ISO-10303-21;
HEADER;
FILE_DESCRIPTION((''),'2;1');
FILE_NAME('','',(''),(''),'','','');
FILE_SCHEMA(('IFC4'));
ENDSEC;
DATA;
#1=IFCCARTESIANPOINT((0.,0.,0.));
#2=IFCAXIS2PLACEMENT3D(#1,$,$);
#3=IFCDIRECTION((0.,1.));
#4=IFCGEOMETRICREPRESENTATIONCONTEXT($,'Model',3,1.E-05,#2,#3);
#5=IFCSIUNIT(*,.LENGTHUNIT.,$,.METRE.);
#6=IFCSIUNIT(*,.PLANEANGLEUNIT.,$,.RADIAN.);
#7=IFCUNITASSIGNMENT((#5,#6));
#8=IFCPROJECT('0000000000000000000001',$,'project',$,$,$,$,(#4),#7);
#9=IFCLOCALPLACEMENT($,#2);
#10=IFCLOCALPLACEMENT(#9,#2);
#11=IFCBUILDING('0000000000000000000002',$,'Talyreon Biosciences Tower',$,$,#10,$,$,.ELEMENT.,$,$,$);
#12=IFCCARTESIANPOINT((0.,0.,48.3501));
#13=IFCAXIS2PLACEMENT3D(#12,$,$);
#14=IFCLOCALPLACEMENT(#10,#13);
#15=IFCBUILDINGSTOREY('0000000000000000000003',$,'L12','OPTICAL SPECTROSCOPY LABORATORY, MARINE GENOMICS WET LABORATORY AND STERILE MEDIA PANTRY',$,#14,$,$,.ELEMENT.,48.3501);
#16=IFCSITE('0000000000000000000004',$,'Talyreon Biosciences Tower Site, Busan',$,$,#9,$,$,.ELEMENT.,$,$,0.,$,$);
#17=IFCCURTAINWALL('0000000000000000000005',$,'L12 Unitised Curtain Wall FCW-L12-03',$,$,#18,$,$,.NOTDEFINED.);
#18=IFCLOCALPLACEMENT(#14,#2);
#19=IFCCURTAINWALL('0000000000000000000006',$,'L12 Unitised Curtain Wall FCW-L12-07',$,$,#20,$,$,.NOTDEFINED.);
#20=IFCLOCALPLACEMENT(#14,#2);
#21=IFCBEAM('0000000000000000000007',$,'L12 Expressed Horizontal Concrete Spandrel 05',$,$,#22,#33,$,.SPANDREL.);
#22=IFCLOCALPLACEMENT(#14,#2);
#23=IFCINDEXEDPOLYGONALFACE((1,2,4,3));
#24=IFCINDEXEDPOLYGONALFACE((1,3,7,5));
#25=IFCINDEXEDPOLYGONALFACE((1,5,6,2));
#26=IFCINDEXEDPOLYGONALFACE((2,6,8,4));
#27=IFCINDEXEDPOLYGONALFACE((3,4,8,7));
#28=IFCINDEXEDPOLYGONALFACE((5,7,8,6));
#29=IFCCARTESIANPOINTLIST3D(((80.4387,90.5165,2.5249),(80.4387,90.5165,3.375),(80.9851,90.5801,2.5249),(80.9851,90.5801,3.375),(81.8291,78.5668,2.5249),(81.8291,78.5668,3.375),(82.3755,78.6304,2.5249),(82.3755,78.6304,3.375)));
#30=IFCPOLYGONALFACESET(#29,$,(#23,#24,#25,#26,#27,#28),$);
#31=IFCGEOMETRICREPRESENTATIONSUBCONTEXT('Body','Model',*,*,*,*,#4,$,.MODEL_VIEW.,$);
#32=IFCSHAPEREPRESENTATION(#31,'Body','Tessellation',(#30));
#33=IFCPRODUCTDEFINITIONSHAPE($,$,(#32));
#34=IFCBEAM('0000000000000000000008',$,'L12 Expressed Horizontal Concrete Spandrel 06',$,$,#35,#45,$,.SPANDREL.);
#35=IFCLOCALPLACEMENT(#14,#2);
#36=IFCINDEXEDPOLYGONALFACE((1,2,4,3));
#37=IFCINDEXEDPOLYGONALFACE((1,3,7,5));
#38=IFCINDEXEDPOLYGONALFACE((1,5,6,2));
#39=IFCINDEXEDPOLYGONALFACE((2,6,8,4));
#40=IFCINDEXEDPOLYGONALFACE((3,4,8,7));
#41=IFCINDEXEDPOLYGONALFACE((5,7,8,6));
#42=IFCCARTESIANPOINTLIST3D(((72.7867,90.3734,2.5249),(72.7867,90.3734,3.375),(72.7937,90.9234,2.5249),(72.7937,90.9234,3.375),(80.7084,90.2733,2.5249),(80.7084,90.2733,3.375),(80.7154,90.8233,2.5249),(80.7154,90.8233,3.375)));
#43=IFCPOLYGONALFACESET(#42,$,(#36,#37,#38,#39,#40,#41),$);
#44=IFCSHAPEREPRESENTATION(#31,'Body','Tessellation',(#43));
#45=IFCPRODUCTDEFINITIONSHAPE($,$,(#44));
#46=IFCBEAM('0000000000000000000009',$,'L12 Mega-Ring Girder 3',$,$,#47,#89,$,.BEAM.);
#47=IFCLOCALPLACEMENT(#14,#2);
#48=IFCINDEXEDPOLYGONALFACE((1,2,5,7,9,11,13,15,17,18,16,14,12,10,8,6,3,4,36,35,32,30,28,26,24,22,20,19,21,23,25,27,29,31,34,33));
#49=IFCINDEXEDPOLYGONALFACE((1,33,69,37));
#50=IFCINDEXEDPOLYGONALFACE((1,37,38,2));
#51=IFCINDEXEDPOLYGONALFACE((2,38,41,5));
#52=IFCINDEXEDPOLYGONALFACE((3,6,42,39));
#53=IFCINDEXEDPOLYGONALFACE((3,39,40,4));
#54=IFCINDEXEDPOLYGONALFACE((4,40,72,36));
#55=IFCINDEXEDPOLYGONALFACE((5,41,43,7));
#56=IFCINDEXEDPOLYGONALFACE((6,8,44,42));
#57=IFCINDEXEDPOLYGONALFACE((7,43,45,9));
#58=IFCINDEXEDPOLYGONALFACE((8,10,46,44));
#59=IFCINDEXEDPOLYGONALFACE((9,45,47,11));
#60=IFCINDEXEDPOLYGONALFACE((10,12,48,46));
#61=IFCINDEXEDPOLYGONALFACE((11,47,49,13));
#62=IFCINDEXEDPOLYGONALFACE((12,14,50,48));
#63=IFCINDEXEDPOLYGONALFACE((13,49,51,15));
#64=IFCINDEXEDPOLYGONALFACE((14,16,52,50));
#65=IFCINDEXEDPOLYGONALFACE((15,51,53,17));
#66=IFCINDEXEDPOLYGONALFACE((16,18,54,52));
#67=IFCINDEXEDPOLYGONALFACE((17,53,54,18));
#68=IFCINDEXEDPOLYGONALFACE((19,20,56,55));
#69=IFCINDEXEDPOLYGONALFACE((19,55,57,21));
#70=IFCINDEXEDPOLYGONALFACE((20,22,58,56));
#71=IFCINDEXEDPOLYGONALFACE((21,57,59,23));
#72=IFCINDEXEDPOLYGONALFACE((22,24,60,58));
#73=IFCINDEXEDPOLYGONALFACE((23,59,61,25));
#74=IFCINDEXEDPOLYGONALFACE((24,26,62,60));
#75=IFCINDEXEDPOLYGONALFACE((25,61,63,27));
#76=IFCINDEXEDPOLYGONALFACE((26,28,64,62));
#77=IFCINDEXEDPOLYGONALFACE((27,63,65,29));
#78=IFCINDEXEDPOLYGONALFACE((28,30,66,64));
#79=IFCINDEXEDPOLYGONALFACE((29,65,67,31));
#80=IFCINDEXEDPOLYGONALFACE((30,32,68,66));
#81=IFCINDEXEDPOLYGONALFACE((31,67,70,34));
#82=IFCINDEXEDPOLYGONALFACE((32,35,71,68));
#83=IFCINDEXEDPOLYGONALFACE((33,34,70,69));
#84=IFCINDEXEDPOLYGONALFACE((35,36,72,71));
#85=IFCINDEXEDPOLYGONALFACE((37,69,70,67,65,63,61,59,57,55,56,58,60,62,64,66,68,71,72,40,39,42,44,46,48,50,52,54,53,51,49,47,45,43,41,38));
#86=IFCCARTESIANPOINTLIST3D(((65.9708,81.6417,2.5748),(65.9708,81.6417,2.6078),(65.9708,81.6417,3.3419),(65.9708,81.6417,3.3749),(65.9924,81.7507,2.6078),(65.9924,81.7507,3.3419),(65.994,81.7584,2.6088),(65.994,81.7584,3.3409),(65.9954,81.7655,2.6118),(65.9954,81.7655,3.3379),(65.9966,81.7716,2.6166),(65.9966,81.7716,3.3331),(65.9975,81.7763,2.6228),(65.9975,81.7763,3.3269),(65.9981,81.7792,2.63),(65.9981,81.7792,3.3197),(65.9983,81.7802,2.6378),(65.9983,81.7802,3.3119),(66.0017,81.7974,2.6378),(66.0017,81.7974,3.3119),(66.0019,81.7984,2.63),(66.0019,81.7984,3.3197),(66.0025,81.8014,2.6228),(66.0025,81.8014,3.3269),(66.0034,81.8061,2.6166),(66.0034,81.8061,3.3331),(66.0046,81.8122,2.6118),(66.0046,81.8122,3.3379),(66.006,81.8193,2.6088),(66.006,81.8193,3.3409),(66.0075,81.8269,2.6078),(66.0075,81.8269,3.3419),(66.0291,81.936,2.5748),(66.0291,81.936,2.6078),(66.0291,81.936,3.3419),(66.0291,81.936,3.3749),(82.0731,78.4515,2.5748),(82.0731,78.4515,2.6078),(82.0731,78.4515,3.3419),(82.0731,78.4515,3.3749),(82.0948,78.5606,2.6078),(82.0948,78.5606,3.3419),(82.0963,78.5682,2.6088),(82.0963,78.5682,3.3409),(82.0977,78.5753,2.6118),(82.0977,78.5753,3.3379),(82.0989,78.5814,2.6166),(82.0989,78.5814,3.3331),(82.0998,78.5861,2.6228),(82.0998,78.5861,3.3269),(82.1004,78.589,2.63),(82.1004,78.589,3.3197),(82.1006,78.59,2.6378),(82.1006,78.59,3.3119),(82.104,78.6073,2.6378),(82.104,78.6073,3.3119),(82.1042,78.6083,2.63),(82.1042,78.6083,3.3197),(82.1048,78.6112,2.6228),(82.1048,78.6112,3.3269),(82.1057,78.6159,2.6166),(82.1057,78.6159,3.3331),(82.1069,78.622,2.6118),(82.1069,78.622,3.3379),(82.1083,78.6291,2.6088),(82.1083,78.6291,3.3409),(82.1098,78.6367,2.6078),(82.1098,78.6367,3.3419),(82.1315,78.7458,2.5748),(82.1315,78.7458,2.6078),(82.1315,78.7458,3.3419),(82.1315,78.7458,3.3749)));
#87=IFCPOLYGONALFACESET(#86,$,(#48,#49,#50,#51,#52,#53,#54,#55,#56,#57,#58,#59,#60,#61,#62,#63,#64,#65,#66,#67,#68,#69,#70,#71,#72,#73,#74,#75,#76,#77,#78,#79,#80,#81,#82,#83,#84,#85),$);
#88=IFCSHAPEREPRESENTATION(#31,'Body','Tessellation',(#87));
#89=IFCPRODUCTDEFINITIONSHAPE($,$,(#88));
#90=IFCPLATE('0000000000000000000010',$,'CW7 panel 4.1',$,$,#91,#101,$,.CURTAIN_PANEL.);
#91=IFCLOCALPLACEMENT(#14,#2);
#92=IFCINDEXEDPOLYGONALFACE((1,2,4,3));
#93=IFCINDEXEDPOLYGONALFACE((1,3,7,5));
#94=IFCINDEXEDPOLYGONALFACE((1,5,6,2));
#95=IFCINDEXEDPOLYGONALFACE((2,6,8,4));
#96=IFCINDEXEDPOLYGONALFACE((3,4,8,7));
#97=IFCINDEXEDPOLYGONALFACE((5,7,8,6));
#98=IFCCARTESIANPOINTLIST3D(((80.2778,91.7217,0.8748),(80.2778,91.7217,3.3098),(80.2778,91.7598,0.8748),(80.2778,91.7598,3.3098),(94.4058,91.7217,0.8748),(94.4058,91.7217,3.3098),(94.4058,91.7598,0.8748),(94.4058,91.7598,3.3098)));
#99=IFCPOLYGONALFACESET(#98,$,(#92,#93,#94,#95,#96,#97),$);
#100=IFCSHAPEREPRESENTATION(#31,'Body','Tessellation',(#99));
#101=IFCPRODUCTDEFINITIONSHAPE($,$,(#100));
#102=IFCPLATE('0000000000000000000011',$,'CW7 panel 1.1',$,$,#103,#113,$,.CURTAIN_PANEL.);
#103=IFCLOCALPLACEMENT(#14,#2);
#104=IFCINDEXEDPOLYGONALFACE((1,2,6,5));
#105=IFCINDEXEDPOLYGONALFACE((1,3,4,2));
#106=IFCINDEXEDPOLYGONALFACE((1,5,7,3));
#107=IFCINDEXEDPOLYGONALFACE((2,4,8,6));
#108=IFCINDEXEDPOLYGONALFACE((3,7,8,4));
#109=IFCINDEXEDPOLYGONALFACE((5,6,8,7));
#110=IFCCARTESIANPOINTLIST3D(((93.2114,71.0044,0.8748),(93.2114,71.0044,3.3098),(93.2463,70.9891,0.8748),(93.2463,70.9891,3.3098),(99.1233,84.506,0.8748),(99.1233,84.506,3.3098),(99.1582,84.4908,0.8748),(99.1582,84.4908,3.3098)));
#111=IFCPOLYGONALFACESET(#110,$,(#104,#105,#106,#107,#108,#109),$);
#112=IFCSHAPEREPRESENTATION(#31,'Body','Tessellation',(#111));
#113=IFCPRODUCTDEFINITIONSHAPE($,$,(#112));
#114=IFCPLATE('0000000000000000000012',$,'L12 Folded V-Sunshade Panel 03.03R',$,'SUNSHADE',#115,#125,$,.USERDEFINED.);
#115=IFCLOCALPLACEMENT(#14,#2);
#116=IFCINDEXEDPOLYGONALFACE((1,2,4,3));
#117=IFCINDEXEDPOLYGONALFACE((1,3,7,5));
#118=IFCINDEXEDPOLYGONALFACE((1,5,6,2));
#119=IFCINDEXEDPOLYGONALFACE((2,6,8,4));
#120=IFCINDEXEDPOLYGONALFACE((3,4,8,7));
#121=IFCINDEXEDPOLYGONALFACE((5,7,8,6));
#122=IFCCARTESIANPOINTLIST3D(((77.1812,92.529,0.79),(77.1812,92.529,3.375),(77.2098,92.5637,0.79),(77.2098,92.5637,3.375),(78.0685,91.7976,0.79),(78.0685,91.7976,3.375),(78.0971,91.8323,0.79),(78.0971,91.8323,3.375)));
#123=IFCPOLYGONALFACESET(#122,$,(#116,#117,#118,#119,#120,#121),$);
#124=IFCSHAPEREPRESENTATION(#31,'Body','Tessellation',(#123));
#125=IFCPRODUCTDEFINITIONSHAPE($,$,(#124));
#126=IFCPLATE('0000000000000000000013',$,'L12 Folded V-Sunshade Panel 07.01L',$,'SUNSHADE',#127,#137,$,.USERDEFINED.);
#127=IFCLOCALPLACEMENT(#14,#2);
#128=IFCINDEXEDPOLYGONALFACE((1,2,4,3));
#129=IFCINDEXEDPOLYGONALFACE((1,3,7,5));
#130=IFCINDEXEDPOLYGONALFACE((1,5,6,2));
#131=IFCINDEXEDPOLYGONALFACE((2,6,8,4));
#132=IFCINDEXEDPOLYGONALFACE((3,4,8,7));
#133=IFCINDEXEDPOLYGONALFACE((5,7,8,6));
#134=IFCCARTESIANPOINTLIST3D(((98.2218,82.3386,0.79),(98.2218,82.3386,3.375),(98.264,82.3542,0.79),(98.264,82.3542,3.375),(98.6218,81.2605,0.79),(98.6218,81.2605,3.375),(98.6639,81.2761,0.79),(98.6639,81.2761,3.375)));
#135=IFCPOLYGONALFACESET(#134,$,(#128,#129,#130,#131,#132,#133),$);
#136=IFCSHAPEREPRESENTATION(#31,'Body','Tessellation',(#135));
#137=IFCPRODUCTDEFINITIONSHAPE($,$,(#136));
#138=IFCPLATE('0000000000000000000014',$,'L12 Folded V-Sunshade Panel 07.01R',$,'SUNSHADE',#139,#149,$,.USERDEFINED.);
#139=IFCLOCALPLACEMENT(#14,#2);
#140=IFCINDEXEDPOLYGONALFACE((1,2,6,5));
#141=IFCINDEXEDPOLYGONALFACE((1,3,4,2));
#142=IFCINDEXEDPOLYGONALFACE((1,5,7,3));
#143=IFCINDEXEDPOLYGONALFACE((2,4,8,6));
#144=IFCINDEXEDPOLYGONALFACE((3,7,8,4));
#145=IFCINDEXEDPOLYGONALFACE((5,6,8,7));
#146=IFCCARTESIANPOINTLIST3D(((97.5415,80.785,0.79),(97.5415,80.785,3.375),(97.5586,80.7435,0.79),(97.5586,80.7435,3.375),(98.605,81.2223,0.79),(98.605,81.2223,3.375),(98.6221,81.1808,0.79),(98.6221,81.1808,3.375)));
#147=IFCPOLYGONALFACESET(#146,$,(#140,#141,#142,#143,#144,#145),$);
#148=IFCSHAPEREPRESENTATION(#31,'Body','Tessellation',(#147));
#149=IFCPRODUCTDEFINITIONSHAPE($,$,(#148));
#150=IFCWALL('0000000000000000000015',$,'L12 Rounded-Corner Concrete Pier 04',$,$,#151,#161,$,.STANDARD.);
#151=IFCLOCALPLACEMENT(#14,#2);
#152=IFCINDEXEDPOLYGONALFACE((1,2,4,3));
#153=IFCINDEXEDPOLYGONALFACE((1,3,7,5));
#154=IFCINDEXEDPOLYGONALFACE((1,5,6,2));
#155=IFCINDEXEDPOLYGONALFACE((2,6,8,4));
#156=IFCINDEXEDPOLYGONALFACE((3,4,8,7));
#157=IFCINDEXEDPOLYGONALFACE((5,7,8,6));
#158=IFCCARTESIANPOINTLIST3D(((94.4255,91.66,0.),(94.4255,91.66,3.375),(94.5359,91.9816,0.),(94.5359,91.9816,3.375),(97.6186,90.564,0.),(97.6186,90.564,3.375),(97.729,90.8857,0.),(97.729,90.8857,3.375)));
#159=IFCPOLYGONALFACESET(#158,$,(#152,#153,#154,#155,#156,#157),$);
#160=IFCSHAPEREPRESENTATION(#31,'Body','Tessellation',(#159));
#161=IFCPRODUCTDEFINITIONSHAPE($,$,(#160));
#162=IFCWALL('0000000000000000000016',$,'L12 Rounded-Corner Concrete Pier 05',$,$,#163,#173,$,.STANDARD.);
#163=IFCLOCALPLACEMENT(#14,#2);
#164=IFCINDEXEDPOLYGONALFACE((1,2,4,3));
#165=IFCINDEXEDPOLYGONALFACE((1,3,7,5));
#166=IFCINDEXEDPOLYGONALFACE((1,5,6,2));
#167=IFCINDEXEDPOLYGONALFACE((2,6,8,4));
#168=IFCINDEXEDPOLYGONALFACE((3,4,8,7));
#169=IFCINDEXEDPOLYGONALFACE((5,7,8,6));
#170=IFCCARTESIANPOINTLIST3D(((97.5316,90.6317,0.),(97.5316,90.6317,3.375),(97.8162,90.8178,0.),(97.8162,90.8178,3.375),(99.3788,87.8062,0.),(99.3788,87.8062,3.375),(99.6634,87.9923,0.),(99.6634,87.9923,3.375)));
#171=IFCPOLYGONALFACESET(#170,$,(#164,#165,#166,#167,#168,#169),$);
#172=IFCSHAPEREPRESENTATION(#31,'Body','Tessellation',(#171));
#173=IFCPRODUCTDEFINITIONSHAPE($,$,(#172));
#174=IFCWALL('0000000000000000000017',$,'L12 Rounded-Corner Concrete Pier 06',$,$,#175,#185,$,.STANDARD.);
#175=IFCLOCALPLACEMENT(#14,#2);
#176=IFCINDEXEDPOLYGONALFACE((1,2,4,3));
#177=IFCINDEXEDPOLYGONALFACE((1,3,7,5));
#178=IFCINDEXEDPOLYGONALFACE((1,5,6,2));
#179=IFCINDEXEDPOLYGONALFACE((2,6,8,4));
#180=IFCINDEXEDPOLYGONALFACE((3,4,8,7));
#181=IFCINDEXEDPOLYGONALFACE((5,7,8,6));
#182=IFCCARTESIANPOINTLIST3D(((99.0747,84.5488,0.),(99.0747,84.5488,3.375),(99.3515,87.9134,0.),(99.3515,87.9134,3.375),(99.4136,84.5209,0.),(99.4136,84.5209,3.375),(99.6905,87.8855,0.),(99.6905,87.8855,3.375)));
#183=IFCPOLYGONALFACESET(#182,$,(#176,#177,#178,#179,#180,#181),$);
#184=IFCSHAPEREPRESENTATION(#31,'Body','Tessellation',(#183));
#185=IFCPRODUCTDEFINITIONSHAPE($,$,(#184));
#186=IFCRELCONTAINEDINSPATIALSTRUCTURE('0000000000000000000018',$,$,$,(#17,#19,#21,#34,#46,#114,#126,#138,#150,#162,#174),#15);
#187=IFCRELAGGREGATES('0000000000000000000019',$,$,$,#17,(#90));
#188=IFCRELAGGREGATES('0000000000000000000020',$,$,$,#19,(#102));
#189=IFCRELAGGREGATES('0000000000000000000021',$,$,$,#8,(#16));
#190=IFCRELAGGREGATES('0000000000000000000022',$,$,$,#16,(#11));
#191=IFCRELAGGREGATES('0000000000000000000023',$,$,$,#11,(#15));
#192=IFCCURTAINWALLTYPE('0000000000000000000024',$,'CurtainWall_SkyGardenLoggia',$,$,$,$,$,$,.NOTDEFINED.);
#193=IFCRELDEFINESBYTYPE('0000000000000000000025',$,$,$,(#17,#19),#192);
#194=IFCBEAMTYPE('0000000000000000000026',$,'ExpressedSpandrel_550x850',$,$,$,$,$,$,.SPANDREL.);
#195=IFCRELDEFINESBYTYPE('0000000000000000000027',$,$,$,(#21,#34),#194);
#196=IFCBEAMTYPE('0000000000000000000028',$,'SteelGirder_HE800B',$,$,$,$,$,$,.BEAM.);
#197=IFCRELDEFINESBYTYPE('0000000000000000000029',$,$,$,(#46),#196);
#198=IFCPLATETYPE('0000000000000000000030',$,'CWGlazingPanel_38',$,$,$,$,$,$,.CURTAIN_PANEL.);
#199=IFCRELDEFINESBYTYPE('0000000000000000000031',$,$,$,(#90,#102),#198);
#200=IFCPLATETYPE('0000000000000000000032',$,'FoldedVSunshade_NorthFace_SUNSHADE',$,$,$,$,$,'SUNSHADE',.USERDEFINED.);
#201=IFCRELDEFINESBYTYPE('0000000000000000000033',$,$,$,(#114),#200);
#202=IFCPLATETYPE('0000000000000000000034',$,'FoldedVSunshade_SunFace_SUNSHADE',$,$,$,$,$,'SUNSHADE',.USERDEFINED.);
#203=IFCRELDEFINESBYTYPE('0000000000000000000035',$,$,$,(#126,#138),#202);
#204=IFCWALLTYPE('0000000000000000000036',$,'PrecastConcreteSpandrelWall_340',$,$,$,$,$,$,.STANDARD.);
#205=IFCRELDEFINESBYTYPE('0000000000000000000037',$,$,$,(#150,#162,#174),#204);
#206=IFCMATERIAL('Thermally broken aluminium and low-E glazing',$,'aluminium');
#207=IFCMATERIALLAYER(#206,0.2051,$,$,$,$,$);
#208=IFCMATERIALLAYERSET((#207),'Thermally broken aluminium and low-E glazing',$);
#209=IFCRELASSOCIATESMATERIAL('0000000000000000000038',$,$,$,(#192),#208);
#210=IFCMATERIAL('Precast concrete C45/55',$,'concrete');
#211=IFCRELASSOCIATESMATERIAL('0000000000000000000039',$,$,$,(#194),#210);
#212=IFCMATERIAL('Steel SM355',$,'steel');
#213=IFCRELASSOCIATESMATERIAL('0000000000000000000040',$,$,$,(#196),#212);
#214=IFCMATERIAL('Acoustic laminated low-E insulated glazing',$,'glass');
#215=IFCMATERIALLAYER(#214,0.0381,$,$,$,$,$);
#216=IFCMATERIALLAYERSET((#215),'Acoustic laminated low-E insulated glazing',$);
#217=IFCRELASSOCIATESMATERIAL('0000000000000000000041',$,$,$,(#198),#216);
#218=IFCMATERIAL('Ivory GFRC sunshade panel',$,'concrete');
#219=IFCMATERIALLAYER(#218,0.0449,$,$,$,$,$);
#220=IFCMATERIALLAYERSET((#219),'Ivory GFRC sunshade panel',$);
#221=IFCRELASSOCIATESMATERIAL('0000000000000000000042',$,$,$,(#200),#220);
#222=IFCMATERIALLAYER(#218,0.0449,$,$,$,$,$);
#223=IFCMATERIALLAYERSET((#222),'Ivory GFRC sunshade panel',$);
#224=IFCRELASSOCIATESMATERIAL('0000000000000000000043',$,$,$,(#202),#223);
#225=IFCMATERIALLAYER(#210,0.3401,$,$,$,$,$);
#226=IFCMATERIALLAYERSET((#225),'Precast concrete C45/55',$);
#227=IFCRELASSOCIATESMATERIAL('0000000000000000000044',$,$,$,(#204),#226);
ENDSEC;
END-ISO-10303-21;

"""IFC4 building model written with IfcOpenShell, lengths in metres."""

from ifc_helpers import new_model, si_unit, direction, frame, frame_2d, origin, origin_2d, place, context, subcontext, project, spatial, rectangle, i_section, extrude, material, layer, layer_set, material_profile, profile_set, type_object, element, aggregate, save


model = new_model("IFC4")

# Units and contexts
model_context = context("Model", 3, precision=1e-05, world=origin(), true_north=direction((0.0, 1.0)))
body_context = subcontext(model_context, "Body", "Model", "MODEL_VIEW")
ifc_project = project(units=[si_unit("LENGTHUNIT", "METRE"), si_unit("PLANEANGLEUNIT", "RADIAN")], contexts=[model_context])

# Site, building, storey
site_placement = place(None, origin())
site = spatial("IfcSite", under=ifc_project, at=site_placement, Name="Talyreon Biosciences Tower Site, Busan", CompositionType="ELEMENT", RefElevation=0.0)
building_placement = place(site_placement, origin())
building = spatial("IfcBuilding", under=site, at=building_placement, Name="Talyreon Biosciences Tower", CompositionType="ELEMENT")
storey_placement = place(building_placement, frame((0.0, 0.0, 48.3501)))
storey = spatial("IfcBuildingStorey", under=building, at=storey_placement, Name="L12", Description="OPTICAL SPECTROSCOPY LABORATORY, MARINE GENOMICS WET LABORATORY AND STERILE MEDIA PANTRY", CompositionType="ELEMENT", Elevation=48.3501)

# Curtain walls
ifc_material_1 = material(Name="Thermally broken aluminium and low-E glazing", Category="aluminium")
ifc_layer_1 = layer(ifc_material_1, 0.2051)
ifc_layer_set_1 = layer_set([ifc_layer_1], Name="Thermally broken aluminium and low-E glazing")
curtain_wall_type = type_object("IfcCurtainWallType", Name="CurtainWall_SkyGardenLoggia", PredefinedType="NOTDEFINED", material=ifc_layer_set_1)
curtain_wall_1_placement = place(storey_placement, origin())
curtain_wall_1 = element("IfcCurtainWall", 1, at=curtain_wall_1_placement, inside=storey, type_object=curtain_wall_type, Name="L12 Unitised Curtain Wall FCW-L12-03", PredefinedType="NOTDEFINED")
curtain_wall_2_placement = place(storey_placement, origin())
curtain_wall_2 = element("IfcCurtainWall", 2, at=curtain_wall_2_placement, inside=storey, type_object=curtain_wall_type, Name="L12 Unitised Curtain Wall FCW-L12-07", PredefinedType="NOTDEFINED")

# Beams
ifc_material_2 = material(Name="Precast concrete C45/55", Category="concrete")
ifc_material_profile_1 = material_profile(ifc_material_2, rectangle(XDim=0.55, YDim=0.8501, at=origin_2d()), Name="RCB 550x850")
ifc_profile_set_1 = profile_set([ifc_material_profile_1], Name="Precast concrete C45/55")
beam_type_1 = type_object("IfcBeamType", Name="ExpressedSpandrel_550x850", PredefinedType="SPANDREL", material=ifc_profile_set_1)
beam_1_placement = place(storey_placement, frame((82.1023, 78.5986, 2.95), z_axis=(-0.115573, 0.993299, 0.0), x_axis=(-0.993299, -0.115573, 0.0)))
element("IfcBeam", 3, at=beam_1_placement, inside=storey, type_object=beam_type_1, Name="L12 Expressed Horizontal Concrete Spandrel 05", PredefinedType="SPANDREL", context=body_context, shape_type="SweptSolid", body=[
    extrude(rectangle(XDim=0.55, YDim=0.8501, at=origin_2d()), origin(), (0.0, 0.0, 1.0), 12.0303),
])
beam_2_placement = place(storey_placement, frame((80.7119, 90.5483, 2.95), z_axis=(-0.99992, 0.012635, 0.0), x_axis=(-0.012635, -0.99992, 0.0)))
element("IfcBeam", 4, at=beam_2_placement, inside=storey, type_object=beam_type_1, Name="L12 Expressed Horizontal Concrete Spandrel 06", PredefinedType="SPANDREL", context=body_context, shape_type="SweptSolid", body=[
    extrude(rectangle(XDim=0.55, YDim=0.8501, at=origin_2d()), origin(), (0.0, 0.0, 1.0), 7.9224),
])
ifc_material_3 = material(Name="Steel SM355", Category="steel")
ifc_material_profile_2 = material_profile(ifc_material_3, i_section(OverallWidth=0.3, OverallDepth=0.8, WebThickness=0.0176, FlangeThickness=0.033, FilletRadius=0.03, at=origin_2d()), Name="HE800B")
ifc_profile_set_2 = profile_set([ifc_material_profile_2], Name="Steel SM355")
beam_type_2 = type_object("IfcBeamType", Name="SteelGirder_HE800B", PredefinedType="BEAM", material=ifc_profile_set_2)
beam_3_placement = place(storey_placement, frame((82.1023, 78.5986, 2.9749), z_axis=(-0.980934, 0.194343, 0.0), x_axis=(-0.194343, -0.980934, 0.0)))
element("IfcBeam", 5, at=beam_3_placement, inside=storey, type_object=beam_type_2, Name="L12 Mega-Ring Girder 3", PredefinedType="BEAM", context=body_context, shape_type="SweptSolid", body=[
    extrude(i_section(OverallWidth=0.3, OverallDepth=0.8, WebThickness=0.0176, FlangeThickness=0.033, FilletRadius=0.03, at=origin_2d()), origin(), (0.0, 0.0, 1.0), 16.4153),
])

# Plates
ifc_material_4 = material(Name="Acoustic laminated low-E insulated glazing", Category="glass")
ifc_layer_2 = layer(ifc_material_4, 0.0381)
ifc_layer_set_2 = layer_set([ifc_layer_2], Name="Acoustic laminated low-E insulated glazing")
plate_type_1 = type_object("IfcPlateType", Name="CWGlazingPanel_38", PredefinedType="CURTAIN_PANEL", material=ifc_layer_set_2)
plate_1_placement = place(storey_placement, frame((87.3418, 91.7407, 0.8748), z_axis=(0.0, 0.0, 1.0), x_axis=(1.0, 0.0, 0.0)))
plate_1 = element("IfcPlate", 6, at=plate_1_placement, type_object=plate_type_1, Name="CW7 panel 4.1", PredefinedType="CURTAIN_PANEL", context=body_context, shape_type="SweptSolid", body=[
    extrude(rectangle(XDim=14.1279, YDim=0.0381, at=origin_2d()), origin(), (0.0, 0.0, 1.0), 2.4351),
])
aggregate(curtain_wall_1, [plate_1])
plate_2_placement = place(storey_placement, frame((96.1848, 77.7476, 0.8748), z_axis=(0.0, 0.0, 1.0), x_axis=(-0.401098, -0.916035, 0.0)))
plate_2 = element("IfcPlate", 7, at=plate_2_placement, type_object=plate_type_1, Name="CW7 panel 1.1", PredefinedType="CURTAIN_PANEL", context=body_context, shape_type="SweptSolid", body=[
    extrude(rectangle(XDim=14.7393, YDim=0.0381, at=origin_2d()), origin(), (0.0, 0.0, 1.0), 2.4351),
])
aggregate(curtain_wall_2, [plate_2])

# Plates
ifc_material_5 = material(Name="Ivory GFRC sunshade panel", Category="concrete")
ifc_layer_3 = layer(ifc_material_5, 0.0449)
ifc_layer_set_3 = layer_set([ifc_layer_3], Name="Ivory GFRC sunshade panel")
plate_type_2 = type_object("IfcPlateType", Name="FoldedVSunshade_NorthFace_SUNSHADE", ElementType="SUNSHADE", PredefinedType="USERDEFINED", material=ifc_layer_set_3)
plate_3_placement = place(storey_placement, frame((77.6392, 92.1807, 0.79), z_axis=(0.0, 0.0, 1.0), x_axis=(0.771625, -0.636078, 0.0)))
element("IfcPlate", 8, at=plate_3_placement, inside=storey, type_object=plate_type_2, Name="L12 Folded V-Sunshade Panel 03.03R", ObjectType="SUNSHADE", PredefinedType="USERDEFINED", context=body_context, shape_type="SweptSolid", body=[
    extrude(rectangle(XDim=1.1499, YDim=0.0449, at=origin_2d()), origin(), (0.0, 0.0, 1.0), 2.585),
])
ifc_layer_4 = layer(ifc_material_5, 0.0449)
ifc_layer_set_4 = layer_set([ifc_layer_4], Name="Ivory GFRC sunshade panel")
plate_type_3 = type_object("IfcPlateType", Name="FoldedVSunshade_SunFace_SUNSHADE", ElementType="SUNSHADE", PredefinedType="USERDEFINED", material=ifc_layer_set_4)
for number, where, z_axis, x_axis, name in (
    (9, (98.4429, 81.8074, 0.79), (0.0, 0.0, 1.0), (0.347803, -0.937568, 0.0), "L12 Folded V-Sunshade Panel 07.01L"),
    (10, (98.0818, 80.9829, 0.79), (0.0, 0.0, 1.0), (-0.924858, -0.380312, 0.0), "L12 Folded V-Sunshade Panel 07.01R"),
):
    element("IfcPlate", number, at=place(storey_placement, frame(where, z_axis=z_axis, x_axis=x_axis)), inside=storey, type_object=plate_type_3, Name=name, ObjectType="SUNSHADE", PredefinedType="USERDEFINED", context=body_context, shape_type="SweptSolid", body=[
        extrude(rectangle(XDim=1.1499, YDim=0.0449, at=origin_2d()), origin(), (0.0, 0.0, 1.0), 2.585),
    ])

# Walls
ifc_layer_5 = layer(ifc_material_2, 0.3401)
ifc_layer_set_5 = layer_set([ifc_layer_5], Name="Precast concrete C45/55")
wall_type = type_object("IfcWallType", Name="PrecastConcreteSpandrelWall_340", PredefinedType="STANDARD", material=ifc_layer_set_5)
wall_1_placement = place(storey_placement, frame((94.4807, 91.8208, 0.0), z_axis=(0.0, 0.0, 1.0), x_axis=(0.94584, -0.324633, 0.0)))
element("IfcWall", 11, at=wall_1_placement, inside=storey, type_object=wall_type, Name="L12 Rounded-Corner Concrete Pier 04", PredefinedType="STANDARD", context=body_context, shape_type="SweptSolid", body=[
    extrude(rectangle(XDim=3.376, YDim=0.3401, at=frame_2d((1.688, 0.0))), origin(), (0.0, 0.0, 1.0), 3.375),
])
wall_2_placement = place(storey_placement, frame((97.6738, 90.7249, 0.0), z_axis=(0.0, 0.0, 1.0), x_axis=(0.547201, -0.837001, 0.0)))
element("IfcWall", 12, at=wall_2_placement, inside=storey, type_object=wall_type, Name="L12 Rounded-Corner Concrete Pier 05", PredefinedType="STANDARD", context=body_context, shape_type="SweptSolid", body=[
    extrude(rectangle(XDim=3.3757, YDim=0.3401, at=frame_2d((1.688, 0.0))), origin(), (0.0, 0.0, 1.0), 3.375),
])
wall_3_placement = place(storey_placement, frame((99.521, 87.8994, 0.0), z_axis=(0.0, 0.0, 1.0), x_axis=(-0.08201, -0.996632, 0.0)))
element("IfcWall", 13, at=wall_3_placement, inside=storey, type_object=wall_type, Name="L12 Rounded-Corner Concrete Pier 06", PredefinedType="STANDARD", context=body_context, shape_type="SweptSolid", body=[
    extrude(rectangle(XDim=3.376, YDim=0.3401, at=frame_2d((1.688, 0.0))), origin(), (0.0, 0.0, 1.0), 3.375),
])

save(model, "model.ifc")
